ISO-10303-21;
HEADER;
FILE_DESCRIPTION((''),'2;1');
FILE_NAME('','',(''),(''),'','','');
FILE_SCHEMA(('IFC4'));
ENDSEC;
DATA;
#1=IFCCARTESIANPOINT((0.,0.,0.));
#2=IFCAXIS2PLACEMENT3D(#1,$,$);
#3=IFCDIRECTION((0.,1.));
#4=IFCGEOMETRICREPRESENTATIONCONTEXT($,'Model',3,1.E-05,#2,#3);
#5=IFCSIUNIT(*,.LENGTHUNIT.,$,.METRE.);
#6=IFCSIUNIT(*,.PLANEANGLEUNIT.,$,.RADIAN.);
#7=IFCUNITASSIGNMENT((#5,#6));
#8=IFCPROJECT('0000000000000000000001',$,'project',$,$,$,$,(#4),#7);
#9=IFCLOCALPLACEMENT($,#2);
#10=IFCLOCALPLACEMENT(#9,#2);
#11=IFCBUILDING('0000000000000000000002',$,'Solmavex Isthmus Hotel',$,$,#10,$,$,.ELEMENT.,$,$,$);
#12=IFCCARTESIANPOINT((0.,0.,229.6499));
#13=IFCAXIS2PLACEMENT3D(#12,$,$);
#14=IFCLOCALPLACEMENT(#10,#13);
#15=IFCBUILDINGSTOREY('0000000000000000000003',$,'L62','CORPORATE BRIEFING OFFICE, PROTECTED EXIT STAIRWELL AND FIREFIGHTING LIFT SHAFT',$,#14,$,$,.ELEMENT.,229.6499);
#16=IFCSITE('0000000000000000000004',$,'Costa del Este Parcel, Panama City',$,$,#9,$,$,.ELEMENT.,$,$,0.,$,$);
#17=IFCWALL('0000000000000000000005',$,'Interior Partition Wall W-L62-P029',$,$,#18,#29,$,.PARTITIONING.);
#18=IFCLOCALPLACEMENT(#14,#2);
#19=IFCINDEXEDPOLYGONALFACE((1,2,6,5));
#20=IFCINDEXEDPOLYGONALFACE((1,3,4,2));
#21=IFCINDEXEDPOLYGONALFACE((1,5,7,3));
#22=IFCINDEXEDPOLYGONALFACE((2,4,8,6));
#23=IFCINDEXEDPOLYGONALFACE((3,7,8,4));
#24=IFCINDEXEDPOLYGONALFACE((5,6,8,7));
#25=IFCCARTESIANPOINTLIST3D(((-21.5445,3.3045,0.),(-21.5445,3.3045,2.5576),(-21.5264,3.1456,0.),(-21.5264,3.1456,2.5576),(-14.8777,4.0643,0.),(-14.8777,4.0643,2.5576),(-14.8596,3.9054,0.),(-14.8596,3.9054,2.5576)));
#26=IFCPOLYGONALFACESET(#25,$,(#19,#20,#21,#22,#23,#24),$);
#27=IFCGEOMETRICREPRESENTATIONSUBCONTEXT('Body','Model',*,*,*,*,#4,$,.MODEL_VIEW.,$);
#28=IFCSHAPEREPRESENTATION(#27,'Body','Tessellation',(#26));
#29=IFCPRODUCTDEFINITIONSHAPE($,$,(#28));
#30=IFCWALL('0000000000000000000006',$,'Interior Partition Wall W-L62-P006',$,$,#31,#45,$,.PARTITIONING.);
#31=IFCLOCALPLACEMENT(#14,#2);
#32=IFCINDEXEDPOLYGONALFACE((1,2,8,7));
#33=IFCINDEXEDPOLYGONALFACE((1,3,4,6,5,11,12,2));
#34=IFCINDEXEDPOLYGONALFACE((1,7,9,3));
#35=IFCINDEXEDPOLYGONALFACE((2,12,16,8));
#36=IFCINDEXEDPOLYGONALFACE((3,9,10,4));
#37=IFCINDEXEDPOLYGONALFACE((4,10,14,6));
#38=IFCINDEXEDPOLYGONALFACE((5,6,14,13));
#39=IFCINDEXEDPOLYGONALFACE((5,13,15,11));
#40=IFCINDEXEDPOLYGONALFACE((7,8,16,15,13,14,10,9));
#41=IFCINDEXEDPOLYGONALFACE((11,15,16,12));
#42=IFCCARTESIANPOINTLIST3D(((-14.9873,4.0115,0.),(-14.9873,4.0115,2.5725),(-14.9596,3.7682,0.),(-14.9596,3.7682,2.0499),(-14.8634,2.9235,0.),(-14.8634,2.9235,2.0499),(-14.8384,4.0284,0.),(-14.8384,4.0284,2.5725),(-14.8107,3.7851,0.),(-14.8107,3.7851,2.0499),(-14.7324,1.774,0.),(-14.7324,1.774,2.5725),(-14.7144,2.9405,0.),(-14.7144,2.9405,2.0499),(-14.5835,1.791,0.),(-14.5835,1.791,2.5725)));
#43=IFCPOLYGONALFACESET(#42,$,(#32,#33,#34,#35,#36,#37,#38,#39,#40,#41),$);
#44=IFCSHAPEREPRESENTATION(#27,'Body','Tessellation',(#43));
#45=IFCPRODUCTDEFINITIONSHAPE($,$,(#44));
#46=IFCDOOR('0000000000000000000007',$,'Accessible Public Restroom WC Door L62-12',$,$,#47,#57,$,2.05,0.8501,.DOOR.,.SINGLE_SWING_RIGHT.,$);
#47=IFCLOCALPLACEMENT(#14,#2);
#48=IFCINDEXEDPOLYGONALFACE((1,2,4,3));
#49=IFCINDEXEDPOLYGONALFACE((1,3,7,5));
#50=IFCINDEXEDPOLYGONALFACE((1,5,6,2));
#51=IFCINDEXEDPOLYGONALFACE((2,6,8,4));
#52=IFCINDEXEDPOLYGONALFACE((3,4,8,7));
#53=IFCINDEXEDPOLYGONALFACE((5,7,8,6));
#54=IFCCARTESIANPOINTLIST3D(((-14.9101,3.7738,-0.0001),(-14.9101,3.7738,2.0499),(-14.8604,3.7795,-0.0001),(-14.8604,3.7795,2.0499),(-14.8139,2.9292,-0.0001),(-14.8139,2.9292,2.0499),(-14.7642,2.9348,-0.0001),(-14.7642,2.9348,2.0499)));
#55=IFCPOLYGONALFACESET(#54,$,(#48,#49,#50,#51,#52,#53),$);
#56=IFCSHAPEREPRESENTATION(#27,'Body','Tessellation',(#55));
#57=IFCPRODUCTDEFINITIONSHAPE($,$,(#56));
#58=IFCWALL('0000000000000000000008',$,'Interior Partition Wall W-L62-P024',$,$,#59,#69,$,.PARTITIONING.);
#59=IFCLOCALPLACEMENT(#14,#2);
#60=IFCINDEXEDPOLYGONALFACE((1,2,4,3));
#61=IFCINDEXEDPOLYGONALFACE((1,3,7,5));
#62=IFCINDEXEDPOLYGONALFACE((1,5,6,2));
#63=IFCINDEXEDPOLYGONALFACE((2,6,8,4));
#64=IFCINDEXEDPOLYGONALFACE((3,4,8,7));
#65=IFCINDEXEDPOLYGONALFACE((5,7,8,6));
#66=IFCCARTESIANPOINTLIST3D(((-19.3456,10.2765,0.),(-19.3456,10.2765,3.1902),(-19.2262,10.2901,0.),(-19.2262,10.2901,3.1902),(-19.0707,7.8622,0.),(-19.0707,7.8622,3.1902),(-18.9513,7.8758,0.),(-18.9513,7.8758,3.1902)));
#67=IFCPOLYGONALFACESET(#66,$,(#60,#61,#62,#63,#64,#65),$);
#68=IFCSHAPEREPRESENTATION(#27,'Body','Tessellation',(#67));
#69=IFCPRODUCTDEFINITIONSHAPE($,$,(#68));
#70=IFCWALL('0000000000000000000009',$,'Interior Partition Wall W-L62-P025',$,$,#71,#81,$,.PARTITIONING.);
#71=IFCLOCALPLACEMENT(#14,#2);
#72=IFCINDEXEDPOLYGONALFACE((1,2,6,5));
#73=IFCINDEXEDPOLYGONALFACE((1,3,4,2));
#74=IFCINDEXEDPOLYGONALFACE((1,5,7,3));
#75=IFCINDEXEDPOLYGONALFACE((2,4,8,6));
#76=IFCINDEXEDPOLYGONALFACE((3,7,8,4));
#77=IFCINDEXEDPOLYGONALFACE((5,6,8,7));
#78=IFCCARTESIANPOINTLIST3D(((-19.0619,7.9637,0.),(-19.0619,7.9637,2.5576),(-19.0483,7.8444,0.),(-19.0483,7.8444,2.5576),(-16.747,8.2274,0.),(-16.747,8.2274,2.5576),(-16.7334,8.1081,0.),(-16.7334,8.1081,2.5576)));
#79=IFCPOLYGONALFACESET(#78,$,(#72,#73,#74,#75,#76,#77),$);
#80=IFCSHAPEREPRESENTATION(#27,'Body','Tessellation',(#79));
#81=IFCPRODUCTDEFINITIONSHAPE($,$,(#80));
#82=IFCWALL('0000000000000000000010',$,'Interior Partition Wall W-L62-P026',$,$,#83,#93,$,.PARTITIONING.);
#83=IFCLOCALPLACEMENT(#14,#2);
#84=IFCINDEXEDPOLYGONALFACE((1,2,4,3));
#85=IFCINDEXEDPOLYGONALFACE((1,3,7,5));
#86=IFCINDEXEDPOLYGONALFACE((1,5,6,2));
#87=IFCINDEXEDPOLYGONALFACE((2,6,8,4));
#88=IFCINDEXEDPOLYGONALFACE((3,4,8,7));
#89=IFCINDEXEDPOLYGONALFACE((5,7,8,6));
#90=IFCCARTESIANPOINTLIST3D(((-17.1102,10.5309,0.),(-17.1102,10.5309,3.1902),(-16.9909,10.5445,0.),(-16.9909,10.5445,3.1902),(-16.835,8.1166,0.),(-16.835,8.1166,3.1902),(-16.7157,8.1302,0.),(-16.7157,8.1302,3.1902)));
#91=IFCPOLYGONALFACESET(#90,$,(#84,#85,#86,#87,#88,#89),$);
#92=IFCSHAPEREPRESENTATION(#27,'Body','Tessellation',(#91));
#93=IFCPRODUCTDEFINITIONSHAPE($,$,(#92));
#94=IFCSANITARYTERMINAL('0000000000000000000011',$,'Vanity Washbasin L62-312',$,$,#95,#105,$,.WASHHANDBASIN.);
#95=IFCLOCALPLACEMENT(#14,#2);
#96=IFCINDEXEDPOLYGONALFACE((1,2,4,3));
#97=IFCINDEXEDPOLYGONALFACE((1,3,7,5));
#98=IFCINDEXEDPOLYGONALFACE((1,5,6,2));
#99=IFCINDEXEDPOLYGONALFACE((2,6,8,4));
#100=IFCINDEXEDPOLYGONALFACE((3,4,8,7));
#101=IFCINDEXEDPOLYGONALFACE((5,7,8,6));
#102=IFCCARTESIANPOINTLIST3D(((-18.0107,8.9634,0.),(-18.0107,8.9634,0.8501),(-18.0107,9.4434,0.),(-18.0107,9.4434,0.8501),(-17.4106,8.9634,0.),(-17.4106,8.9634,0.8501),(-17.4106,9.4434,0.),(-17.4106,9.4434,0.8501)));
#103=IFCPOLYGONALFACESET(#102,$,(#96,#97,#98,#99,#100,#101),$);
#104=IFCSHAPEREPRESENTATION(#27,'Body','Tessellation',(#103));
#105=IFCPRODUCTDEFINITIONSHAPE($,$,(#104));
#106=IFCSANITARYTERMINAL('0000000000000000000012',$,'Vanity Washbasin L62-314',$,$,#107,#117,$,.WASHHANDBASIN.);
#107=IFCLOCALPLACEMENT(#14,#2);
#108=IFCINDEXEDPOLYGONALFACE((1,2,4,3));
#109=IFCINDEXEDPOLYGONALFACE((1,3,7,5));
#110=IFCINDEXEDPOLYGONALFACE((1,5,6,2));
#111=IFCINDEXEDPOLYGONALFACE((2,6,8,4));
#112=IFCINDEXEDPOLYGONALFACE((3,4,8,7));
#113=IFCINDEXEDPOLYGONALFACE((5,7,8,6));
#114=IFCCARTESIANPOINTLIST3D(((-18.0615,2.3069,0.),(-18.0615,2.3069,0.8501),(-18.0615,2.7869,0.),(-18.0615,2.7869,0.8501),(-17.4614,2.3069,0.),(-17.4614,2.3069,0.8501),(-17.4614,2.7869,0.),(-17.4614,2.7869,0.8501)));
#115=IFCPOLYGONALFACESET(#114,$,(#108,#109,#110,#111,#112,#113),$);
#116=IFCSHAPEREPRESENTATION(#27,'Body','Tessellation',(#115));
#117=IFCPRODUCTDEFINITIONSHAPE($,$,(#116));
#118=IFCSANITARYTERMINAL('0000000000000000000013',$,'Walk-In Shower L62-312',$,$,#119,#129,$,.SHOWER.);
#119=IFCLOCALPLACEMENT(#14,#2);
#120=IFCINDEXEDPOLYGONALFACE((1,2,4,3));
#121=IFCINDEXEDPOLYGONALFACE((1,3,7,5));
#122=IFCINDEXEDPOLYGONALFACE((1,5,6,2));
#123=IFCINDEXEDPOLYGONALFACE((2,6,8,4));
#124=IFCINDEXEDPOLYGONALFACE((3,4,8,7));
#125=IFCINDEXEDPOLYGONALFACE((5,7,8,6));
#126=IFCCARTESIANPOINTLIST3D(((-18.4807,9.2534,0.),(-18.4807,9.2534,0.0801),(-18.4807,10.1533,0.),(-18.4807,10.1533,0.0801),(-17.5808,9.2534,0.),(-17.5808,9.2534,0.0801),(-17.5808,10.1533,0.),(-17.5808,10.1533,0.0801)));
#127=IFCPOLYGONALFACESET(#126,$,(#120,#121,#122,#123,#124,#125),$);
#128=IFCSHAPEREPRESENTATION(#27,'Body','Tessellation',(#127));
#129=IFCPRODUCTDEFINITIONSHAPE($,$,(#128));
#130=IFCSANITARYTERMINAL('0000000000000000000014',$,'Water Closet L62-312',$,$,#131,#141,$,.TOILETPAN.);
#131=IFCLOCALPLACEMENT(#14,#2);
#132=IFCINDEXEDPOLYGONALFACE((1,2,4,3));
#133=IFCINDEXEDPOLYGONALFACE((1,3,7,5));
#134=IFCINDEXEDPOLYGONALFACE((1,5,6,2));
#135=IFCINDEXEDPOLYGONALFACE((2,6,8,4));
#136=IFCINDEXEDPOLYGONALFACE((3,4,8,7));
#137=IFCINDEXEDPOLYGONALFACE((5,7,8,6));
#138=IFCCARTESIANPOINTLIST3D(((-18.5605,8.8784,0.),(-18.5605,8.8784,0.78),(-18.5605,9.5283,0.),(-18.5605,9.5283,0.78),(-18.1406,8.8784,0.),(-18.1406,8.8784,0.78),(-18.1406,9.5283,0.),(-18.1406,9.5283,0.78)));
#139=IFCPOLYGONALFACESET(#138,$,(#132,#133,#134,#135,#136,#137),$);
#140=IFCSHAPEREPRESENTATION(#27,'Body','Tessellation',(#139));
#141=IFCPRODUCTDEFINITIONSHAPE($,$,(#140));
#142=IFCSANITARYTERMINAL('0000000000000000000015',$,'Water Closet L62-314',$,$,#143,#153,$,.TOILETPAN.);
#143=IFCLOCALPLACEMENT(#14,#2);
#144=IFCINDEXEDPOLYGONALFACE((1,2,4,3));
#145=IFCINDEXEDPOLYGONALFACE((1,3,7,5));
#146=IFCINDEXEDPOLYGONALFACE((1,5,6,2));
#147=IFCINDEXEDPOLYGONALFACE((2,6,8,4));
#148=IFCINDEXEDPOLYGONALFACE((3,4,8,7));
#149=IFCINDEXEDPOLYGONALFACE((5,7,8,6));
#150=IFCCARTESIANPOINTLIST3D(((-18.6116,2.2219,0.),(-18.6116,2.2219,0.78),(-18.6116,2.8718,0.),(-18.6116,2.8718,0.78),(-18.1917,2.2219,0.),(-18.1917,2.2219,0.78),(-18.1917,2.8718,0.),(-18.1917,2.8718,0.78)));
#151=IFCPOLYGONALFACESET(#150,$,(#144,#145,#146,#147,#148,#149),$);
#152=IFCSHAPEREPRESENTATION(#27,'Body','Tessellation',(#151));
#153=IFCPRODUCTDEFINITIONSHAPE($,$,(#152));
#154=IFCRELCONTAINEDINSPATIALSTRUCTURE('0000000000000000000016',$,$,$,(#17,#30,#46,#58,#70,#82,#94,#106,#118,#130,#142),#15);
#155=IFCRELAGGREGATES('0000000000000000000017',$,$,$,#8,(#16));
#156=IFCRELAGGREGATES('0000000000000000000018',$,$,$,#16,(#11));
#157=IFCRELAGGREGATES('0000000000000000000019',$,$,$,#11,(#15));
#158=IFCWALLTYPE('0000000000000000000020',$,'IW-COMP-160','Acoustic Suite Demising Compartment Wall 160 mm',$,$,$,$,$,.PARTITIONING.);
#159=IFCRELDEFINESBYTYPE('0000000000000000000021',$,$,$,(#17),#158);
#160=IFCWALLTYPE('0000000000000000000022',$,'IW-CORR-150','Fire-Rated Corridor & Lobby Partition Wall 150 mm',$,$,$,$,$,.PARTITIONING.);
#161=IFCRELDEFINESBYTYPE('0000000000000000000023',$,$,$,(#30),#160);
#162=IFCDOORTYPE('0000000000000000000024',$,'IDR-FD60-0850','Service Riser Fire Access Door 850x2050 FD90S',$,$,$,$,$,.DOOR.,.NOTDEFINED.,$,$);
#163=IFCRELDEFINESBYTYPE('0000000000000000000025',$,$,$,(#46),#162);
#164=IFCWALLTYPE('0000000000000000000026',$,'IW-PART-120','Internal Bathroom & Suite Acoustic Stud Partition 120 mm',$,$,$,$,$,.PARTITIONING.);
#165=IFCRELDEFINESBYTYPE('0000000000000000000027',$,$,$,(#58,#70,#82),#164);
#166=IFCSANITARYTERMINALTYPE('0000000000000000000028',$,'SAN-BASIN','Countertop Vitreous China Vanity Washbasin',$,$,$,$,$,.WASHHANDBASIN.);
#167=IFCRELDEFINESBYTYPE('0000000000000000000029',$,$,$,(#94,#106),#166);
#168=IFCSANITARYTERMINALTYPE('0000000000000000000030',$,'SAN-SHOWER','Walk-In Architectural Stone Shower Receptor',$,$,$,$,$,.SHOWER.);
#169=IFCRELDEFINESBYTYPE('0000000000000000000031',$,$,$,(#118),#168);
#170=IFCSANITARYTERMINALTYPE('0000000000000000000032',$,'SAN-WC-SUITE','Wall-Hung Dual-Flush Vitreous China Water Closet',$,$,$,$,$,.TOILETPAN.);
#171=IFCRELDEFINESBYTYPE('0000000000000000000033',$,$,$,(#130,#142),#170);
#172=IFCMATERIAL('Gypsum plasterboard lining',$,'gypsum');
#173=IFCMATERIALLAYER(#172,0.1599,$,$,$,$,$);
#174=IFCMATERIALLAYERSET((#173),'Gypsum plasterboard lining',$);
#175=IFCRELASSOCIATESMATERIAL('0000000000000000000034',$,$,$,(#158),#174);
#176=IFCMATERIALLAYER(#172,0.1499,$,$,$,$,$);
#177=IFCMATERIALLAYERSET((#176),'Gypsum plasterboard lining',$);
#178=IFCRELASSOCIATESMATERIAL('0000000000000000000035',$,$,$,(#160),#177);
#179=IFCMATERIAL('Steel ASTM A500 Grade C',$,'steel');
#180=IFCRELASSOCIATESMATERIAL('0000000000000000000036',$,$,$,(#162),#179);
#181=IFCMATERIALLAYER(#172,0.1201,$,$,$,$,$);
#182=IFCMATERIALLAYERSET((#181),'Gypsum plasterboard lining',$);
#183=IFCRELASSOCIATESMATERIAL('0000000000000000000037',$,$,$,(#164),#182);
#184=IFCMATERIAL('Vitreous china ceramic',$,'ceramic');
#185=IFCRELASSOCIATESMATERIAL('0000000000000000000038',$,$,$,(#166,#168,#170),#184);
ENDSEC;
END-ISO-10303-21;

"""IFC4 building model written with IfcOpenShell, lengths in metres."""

from ifc_helpers import new_model, si_unit, direction, frame, frame_2d, origin, origin_2d, place, context, subcontext, project, spatial, rectangle, extrude, material, layer, layer_set, type_object, element, fill, save


model = new_model("IFC4")

# Units and contexts
model_context = context("Model", 3, precision=1e-05, world=origin(), true_north=direction((0.0, 1.0)))
body_context = subcontext(model_context, "Body", "Model", "MODEL_VIEW")
ifc_project = project(units=[si_unit("LENGTHUNIT", "METRE"), si_unit("PLANEANGLEUNIT", "RADIAN")], contexts=[model_context])

# Site, building, storey
site_placement = place(None, origin())
site = spatial("IfcSite", under=ifc_project, at=site_placement, Name="Costa del Este Parcel, Panama City", CompositionType="ELEMENT", RefElevation=0.0)
building_placement = place(site_placement, origin())
building = spatial("IfcBuilding", under=site, at=building_placement, Name="Solmavex Isthmus Hotel", CompositionType="ELEMENT")
storey_placement = place(building_placement, frame((0.0, 0.0, 229.6499)))
storey = spatial("IfcBuildingStorey", under=building, at=storey_placement, Name="L62", Description="CORPORATE BRIEFING OFFICE, PROTECTED EXIT STAIRWELL AND FIREFIGHTING LIFT SHAFT", CompositionType="ELEMENT", Elevation=229.6499)

# Shared definitions
ifc_material_1 = material(Name="Gypsum plasterboard lining", Category="gypsum")
ifc_layer_1 = layer(ifc_material_1, 0.1599)
ifc_layer_set_1 = layer_set([ifc_layer_1], Name="Gypsum plasterboard lining")
wall_type_1 = type_object("IfcWallType", Name="IW-COMP-160", Description="Acoustic Suite Demising Compartment Wall 160 mm", PredefinedType="PARTITIONING", material=ifc_layer_set_1)

# Wall
wall_1_placement = place(storey_placement, frame((-14.8687, 3.9849, 0.0), z_axis=(0.0, 0.0, 1.0), x_axis=(-0.993569, -0.113231, 0.0)))
element("IfcWall", 1, at=wall_1_placement, inside=storey, type_object=wall_type_1, Name="Interior Partition Wall W-L62-P029", PredefinedType="PARTITIONING", context=body_context, shape_type="SweptSolid", body=[
    extrude(rectangle(XDim=6.71, YDim=0.1599, at=frame_2d((3.355, 0.0))), origin(), (0.0, 0.0, 1.0), 2.5576),
])

# Wall, opening, door
ifc_layer_2 = layer(ifc_material_1, 0.1499)
ifc_layer_set_2 = layer_set([ifc_layer_2], Name="Gypsum plasterboard lining")
wall_type_2 = type_object("IfcWallType", Name="IW-CORR-150", Description="Fire-Rated Corridor & Lobby Partition Wall 150 mm", PredefinedType="PARTITIONING", material=ifc_layer_set_2)
wall_2_placement = place(storey_placement, frame((-14.658, 1.7825, 0.0), z_axis=(0.0, 0.0, 1.0), x_axis=(-0.11318, 0.993575, 0.0)))
wall_2 = element("IfcWall", 2, at=wall_2_placement, inside=storey, type_object=wall_type_2, Name="Interior Partition Wall W-L62-P006", PredefinedType="PARTITIONING", context=body_context, shape_type="SweptSolid", body=[
    extrude(rectangle(XDim=2.252, YDim=0.1499, at=frame_2d((1.126, 0.0))), origin(), (0.0, 0.0, 1.0), 2.5725),
])
opening_1_placement = place(wall_2_placement, frame((1.157, 0.0, 0.0)))
opening_1 = element("IfcOpeningElement", 3, at=opening_1_placement, cuts=wall_2, PredefinedType="OPENING", context=body_context, shape_type="SweptSolid", body=[
    extrude(rectangle(XDim=0.8501, YDim=2.05, at=frame_2d((0.425, 1.0249))), frame((0.0, 0.085, 0.0), z_axis=(0.0, -1.0, 0.0), x_axis=(1.0, 0.0, 0.0)), (0.0, 0.0, 1.0), 0.1699),
])
ifc_material_2 = material(Name="Steel ASTM A500 Grade C", Category="steel")
door_type_1 = type_object("IfcDoorType", Name="IDR-FD60-0850", Description="Service Riser Fire Access Door 850x2050 FD90S", OperationType="NOTDEFINED", PredefinedType="DOOR", material=ifc_material_2)
door_1_placement = place(opening_1_placement, frame((0.8501, 0.0, 0.0), z_axis=(0.0, 0.0, 1.0), x_axis=(-1.0, 0.0, 0.0)))
door_1 = element("IfcDoor", 4, at=door_1_placement, inside=storey, type_object=door_type_1, Name="Accessible Public Restroom WC Door L62-12", OperationType="SINGLE_SWING_RIGHT", OverallHeight=2.05, OverallWidth=0.8501, PredefinedType="DOOR", context=body_context, shape_type="SweptSolid", body=[
    extrude(rectangle(XDim=0.8501, YDim=2.05, at=frame_2d((0.425, 1.0249))), frame((0.0, 0.0249, 0.0), z_axis=(0.0, -1.0, 0.0), x_axis=(1.0, 0.0, 0.0)), (0.0, 0.0, 1.0), 0.05),
])
fill(opening_1, door_1)

# Walls
ifc_layer_3 = layer(ifc_material_1, 0.1201)
ifc_layer_set_3 = layer_set([ifc_layer_3], Name="Gypsum plasterboard lining")
wall_type_3 = type_object("IfcWallType", Name="IW-PART-120", Description="Internal Bathroom & Suite Acoustic Stud Partition 120 mm", PredefinedType="PARTITIONING", material=ifc_layer_set_3)
wall_3_placement = place(storey_placement, frame((-19.2859, 10.2832, 0.0), z_axis=(0.0, 0.0, 1.0), x_axis=(0.113133, -0.99358, 0.0)))
element("IfcWall", 5, at=wall_3_placement, inside=storey, type_object=wall_type_3, Name="Interior Partition Wall W-L62-P024", PredefinedType="PARTITIONING", context=body_context, shape_type="SweptSolid", body=[
    extrude(rectangle(XDim=2.4299, YDim=0.1201, at=frame_2d((1.2148, 0.0))), origin(), (0.0, 0.0, 1.0), 3.1902),
])
wall_4_placement = place(storey_placement, frame((-19.0552, 7.9041, 0.0), z_axis=(0.0, 0.0, 1.0), x_axis=(0.993576, 0.113168, 0.0)))
element("IfcWall", 6, at=wall_4_placement, inside=storey, type_object=wall_type_3, Name="Interior Partition Wall W-L62-P025", PredefinedType="PARTITIONING", context=body_context, shape_type="SweptSolid", body=[
    extrude(rectangle(XDim=2.3298, YDim=0.1201, at=frame_2d((1.165, 0.0))), origin(), (0.0, 0.0, 1.0), 2.5576),
])
wall_5_placement = place(storey_placement, frame((-16.7754, 8.1235, 0.0), z_axis=(0.0, 0.0, 1.0), x_axis=(-0.113232, 0.993569, 0.0)))
element("IfcWall", 7, at=wall_5_placement, inside=storey, type_object=wall_type_3, Name="Interior Partition Wall W-L62-P026", PredefinedType="PARTITIONING", context=body_context, shape_type="SweptSolid", body=[
    extrude(rectangle(XDim=2.4299, YDim=0.1201, at=frame_2d((1.2148, 0.0))), origin(), (0.0, 0.0, 1.0), 3.1902),
])

# Sanitary terminals
ifc_material_3 = material(Name="Vitreous china ceramic", Category="ceramic")
sanitary_terminal_type_1 = type_object("IfcSanitaryTerminalType", Name="SAN-BASIN", Description="Countertop Vitreous China Vanity Washbasin", PredefinedType="WASHHANDBASIN", material=ifc_material_3)
for number, where, z_axis, x_axis, name in (
    (8, (-17.7107, 9.2034, 0.0), (0.0, 0.0, 1.0), (1.0, 0.0, 0.0), "Vanity Washbasin L62-312"),
    (9, (-17.7615, 2.5469, 0.0), (0.0, 0.0, 1.0), (1.0, 0.0, 0.0), "Vanity Washbasin L62-314"),
):
    element("IfcSanitaryTerminal", number, at=place(storey_placement, frame(where, z_axis=z_axis, x_axis=x_axis)), inside=storey, type_object=sanitary_terminal_type_1, Name=name, PredefinedType="WASHHANDBASIN", context=body_context, shape_type="SweptSolid", body=[
        extrude(rectangle(XDim=0.6001, YDim=0.48, at=origin_2d()), origin(), (0.0, 0.0, 1.0), 0.8501),
    ])
sanitary_terminal_type_2 = type_object("IfcSanitaryTerminalType", Name="SAN-SHOWER", Description="Walk-In Architectural Stone Shower Receptor", PredefinedType="SHOWER", material=ifc_material_3)
sanitary_terminal_placement = place(storey_placement, frame((-18.0308, 9.7034, 0.0), z_axis=(0.0, 0.0, 1.0), x_axis=(1.0, 0.0, 0.0)))
element("IfcSanitaryTerminal", 10, at=sanitary_terminal_placement, inside=storey, type_object=sanitary_terminal_type_2, Name="Walk-In Shower L62-312", PredefinedType="SHOWER", context=body_context, shape_type="SweptSolid", body=[
    extrude(rectangle(XDim=0.8999, YDim=0.8999, at=origin_2d()), origin(), (0.0, 0.0, 1.0), 0.0801),
])
sanitary_terminal_type_3 = type_object("IfcSanitaryTerminalType", Name="SAN-WC-SUITE", Description="Wall-Hung Dual-Flush Vitreous China Water Closet", PredefinedType="TOILETPAN", material=ifc_material_3)
for number, where, z_axis, x_axis, name in (
    (11, (-18.3506, 9.2034, 0.0), (0.0, 0.0, 1.0), (1.0, 0.0, 0.0), "Water Closet L62-312"),
    (12, (-18.4016, 2.5469, 0.0), (0.0, 0.0, 1.0), (1.0, 0.0, 0.0), "Water Closet L62-314"),
):
    element("IfcSanitaryTerminal", number, at=place(storey_placement, frame(where, z_axis=z_axis, x_axis=x_axis)), inside=storey, type_object=sanitary_terminal_type_3, Name=name, PredefinedType="TOILETPAN", context=body_context, shape_type="SweptSolid", body=[
        extrude(rectangle(XDim=0.4199, YDim=0.6499, at=origin_2d()), origin(), (0.0, 0.0, 1.0), 0.78),
    ])

save(model, "model.ifc")
